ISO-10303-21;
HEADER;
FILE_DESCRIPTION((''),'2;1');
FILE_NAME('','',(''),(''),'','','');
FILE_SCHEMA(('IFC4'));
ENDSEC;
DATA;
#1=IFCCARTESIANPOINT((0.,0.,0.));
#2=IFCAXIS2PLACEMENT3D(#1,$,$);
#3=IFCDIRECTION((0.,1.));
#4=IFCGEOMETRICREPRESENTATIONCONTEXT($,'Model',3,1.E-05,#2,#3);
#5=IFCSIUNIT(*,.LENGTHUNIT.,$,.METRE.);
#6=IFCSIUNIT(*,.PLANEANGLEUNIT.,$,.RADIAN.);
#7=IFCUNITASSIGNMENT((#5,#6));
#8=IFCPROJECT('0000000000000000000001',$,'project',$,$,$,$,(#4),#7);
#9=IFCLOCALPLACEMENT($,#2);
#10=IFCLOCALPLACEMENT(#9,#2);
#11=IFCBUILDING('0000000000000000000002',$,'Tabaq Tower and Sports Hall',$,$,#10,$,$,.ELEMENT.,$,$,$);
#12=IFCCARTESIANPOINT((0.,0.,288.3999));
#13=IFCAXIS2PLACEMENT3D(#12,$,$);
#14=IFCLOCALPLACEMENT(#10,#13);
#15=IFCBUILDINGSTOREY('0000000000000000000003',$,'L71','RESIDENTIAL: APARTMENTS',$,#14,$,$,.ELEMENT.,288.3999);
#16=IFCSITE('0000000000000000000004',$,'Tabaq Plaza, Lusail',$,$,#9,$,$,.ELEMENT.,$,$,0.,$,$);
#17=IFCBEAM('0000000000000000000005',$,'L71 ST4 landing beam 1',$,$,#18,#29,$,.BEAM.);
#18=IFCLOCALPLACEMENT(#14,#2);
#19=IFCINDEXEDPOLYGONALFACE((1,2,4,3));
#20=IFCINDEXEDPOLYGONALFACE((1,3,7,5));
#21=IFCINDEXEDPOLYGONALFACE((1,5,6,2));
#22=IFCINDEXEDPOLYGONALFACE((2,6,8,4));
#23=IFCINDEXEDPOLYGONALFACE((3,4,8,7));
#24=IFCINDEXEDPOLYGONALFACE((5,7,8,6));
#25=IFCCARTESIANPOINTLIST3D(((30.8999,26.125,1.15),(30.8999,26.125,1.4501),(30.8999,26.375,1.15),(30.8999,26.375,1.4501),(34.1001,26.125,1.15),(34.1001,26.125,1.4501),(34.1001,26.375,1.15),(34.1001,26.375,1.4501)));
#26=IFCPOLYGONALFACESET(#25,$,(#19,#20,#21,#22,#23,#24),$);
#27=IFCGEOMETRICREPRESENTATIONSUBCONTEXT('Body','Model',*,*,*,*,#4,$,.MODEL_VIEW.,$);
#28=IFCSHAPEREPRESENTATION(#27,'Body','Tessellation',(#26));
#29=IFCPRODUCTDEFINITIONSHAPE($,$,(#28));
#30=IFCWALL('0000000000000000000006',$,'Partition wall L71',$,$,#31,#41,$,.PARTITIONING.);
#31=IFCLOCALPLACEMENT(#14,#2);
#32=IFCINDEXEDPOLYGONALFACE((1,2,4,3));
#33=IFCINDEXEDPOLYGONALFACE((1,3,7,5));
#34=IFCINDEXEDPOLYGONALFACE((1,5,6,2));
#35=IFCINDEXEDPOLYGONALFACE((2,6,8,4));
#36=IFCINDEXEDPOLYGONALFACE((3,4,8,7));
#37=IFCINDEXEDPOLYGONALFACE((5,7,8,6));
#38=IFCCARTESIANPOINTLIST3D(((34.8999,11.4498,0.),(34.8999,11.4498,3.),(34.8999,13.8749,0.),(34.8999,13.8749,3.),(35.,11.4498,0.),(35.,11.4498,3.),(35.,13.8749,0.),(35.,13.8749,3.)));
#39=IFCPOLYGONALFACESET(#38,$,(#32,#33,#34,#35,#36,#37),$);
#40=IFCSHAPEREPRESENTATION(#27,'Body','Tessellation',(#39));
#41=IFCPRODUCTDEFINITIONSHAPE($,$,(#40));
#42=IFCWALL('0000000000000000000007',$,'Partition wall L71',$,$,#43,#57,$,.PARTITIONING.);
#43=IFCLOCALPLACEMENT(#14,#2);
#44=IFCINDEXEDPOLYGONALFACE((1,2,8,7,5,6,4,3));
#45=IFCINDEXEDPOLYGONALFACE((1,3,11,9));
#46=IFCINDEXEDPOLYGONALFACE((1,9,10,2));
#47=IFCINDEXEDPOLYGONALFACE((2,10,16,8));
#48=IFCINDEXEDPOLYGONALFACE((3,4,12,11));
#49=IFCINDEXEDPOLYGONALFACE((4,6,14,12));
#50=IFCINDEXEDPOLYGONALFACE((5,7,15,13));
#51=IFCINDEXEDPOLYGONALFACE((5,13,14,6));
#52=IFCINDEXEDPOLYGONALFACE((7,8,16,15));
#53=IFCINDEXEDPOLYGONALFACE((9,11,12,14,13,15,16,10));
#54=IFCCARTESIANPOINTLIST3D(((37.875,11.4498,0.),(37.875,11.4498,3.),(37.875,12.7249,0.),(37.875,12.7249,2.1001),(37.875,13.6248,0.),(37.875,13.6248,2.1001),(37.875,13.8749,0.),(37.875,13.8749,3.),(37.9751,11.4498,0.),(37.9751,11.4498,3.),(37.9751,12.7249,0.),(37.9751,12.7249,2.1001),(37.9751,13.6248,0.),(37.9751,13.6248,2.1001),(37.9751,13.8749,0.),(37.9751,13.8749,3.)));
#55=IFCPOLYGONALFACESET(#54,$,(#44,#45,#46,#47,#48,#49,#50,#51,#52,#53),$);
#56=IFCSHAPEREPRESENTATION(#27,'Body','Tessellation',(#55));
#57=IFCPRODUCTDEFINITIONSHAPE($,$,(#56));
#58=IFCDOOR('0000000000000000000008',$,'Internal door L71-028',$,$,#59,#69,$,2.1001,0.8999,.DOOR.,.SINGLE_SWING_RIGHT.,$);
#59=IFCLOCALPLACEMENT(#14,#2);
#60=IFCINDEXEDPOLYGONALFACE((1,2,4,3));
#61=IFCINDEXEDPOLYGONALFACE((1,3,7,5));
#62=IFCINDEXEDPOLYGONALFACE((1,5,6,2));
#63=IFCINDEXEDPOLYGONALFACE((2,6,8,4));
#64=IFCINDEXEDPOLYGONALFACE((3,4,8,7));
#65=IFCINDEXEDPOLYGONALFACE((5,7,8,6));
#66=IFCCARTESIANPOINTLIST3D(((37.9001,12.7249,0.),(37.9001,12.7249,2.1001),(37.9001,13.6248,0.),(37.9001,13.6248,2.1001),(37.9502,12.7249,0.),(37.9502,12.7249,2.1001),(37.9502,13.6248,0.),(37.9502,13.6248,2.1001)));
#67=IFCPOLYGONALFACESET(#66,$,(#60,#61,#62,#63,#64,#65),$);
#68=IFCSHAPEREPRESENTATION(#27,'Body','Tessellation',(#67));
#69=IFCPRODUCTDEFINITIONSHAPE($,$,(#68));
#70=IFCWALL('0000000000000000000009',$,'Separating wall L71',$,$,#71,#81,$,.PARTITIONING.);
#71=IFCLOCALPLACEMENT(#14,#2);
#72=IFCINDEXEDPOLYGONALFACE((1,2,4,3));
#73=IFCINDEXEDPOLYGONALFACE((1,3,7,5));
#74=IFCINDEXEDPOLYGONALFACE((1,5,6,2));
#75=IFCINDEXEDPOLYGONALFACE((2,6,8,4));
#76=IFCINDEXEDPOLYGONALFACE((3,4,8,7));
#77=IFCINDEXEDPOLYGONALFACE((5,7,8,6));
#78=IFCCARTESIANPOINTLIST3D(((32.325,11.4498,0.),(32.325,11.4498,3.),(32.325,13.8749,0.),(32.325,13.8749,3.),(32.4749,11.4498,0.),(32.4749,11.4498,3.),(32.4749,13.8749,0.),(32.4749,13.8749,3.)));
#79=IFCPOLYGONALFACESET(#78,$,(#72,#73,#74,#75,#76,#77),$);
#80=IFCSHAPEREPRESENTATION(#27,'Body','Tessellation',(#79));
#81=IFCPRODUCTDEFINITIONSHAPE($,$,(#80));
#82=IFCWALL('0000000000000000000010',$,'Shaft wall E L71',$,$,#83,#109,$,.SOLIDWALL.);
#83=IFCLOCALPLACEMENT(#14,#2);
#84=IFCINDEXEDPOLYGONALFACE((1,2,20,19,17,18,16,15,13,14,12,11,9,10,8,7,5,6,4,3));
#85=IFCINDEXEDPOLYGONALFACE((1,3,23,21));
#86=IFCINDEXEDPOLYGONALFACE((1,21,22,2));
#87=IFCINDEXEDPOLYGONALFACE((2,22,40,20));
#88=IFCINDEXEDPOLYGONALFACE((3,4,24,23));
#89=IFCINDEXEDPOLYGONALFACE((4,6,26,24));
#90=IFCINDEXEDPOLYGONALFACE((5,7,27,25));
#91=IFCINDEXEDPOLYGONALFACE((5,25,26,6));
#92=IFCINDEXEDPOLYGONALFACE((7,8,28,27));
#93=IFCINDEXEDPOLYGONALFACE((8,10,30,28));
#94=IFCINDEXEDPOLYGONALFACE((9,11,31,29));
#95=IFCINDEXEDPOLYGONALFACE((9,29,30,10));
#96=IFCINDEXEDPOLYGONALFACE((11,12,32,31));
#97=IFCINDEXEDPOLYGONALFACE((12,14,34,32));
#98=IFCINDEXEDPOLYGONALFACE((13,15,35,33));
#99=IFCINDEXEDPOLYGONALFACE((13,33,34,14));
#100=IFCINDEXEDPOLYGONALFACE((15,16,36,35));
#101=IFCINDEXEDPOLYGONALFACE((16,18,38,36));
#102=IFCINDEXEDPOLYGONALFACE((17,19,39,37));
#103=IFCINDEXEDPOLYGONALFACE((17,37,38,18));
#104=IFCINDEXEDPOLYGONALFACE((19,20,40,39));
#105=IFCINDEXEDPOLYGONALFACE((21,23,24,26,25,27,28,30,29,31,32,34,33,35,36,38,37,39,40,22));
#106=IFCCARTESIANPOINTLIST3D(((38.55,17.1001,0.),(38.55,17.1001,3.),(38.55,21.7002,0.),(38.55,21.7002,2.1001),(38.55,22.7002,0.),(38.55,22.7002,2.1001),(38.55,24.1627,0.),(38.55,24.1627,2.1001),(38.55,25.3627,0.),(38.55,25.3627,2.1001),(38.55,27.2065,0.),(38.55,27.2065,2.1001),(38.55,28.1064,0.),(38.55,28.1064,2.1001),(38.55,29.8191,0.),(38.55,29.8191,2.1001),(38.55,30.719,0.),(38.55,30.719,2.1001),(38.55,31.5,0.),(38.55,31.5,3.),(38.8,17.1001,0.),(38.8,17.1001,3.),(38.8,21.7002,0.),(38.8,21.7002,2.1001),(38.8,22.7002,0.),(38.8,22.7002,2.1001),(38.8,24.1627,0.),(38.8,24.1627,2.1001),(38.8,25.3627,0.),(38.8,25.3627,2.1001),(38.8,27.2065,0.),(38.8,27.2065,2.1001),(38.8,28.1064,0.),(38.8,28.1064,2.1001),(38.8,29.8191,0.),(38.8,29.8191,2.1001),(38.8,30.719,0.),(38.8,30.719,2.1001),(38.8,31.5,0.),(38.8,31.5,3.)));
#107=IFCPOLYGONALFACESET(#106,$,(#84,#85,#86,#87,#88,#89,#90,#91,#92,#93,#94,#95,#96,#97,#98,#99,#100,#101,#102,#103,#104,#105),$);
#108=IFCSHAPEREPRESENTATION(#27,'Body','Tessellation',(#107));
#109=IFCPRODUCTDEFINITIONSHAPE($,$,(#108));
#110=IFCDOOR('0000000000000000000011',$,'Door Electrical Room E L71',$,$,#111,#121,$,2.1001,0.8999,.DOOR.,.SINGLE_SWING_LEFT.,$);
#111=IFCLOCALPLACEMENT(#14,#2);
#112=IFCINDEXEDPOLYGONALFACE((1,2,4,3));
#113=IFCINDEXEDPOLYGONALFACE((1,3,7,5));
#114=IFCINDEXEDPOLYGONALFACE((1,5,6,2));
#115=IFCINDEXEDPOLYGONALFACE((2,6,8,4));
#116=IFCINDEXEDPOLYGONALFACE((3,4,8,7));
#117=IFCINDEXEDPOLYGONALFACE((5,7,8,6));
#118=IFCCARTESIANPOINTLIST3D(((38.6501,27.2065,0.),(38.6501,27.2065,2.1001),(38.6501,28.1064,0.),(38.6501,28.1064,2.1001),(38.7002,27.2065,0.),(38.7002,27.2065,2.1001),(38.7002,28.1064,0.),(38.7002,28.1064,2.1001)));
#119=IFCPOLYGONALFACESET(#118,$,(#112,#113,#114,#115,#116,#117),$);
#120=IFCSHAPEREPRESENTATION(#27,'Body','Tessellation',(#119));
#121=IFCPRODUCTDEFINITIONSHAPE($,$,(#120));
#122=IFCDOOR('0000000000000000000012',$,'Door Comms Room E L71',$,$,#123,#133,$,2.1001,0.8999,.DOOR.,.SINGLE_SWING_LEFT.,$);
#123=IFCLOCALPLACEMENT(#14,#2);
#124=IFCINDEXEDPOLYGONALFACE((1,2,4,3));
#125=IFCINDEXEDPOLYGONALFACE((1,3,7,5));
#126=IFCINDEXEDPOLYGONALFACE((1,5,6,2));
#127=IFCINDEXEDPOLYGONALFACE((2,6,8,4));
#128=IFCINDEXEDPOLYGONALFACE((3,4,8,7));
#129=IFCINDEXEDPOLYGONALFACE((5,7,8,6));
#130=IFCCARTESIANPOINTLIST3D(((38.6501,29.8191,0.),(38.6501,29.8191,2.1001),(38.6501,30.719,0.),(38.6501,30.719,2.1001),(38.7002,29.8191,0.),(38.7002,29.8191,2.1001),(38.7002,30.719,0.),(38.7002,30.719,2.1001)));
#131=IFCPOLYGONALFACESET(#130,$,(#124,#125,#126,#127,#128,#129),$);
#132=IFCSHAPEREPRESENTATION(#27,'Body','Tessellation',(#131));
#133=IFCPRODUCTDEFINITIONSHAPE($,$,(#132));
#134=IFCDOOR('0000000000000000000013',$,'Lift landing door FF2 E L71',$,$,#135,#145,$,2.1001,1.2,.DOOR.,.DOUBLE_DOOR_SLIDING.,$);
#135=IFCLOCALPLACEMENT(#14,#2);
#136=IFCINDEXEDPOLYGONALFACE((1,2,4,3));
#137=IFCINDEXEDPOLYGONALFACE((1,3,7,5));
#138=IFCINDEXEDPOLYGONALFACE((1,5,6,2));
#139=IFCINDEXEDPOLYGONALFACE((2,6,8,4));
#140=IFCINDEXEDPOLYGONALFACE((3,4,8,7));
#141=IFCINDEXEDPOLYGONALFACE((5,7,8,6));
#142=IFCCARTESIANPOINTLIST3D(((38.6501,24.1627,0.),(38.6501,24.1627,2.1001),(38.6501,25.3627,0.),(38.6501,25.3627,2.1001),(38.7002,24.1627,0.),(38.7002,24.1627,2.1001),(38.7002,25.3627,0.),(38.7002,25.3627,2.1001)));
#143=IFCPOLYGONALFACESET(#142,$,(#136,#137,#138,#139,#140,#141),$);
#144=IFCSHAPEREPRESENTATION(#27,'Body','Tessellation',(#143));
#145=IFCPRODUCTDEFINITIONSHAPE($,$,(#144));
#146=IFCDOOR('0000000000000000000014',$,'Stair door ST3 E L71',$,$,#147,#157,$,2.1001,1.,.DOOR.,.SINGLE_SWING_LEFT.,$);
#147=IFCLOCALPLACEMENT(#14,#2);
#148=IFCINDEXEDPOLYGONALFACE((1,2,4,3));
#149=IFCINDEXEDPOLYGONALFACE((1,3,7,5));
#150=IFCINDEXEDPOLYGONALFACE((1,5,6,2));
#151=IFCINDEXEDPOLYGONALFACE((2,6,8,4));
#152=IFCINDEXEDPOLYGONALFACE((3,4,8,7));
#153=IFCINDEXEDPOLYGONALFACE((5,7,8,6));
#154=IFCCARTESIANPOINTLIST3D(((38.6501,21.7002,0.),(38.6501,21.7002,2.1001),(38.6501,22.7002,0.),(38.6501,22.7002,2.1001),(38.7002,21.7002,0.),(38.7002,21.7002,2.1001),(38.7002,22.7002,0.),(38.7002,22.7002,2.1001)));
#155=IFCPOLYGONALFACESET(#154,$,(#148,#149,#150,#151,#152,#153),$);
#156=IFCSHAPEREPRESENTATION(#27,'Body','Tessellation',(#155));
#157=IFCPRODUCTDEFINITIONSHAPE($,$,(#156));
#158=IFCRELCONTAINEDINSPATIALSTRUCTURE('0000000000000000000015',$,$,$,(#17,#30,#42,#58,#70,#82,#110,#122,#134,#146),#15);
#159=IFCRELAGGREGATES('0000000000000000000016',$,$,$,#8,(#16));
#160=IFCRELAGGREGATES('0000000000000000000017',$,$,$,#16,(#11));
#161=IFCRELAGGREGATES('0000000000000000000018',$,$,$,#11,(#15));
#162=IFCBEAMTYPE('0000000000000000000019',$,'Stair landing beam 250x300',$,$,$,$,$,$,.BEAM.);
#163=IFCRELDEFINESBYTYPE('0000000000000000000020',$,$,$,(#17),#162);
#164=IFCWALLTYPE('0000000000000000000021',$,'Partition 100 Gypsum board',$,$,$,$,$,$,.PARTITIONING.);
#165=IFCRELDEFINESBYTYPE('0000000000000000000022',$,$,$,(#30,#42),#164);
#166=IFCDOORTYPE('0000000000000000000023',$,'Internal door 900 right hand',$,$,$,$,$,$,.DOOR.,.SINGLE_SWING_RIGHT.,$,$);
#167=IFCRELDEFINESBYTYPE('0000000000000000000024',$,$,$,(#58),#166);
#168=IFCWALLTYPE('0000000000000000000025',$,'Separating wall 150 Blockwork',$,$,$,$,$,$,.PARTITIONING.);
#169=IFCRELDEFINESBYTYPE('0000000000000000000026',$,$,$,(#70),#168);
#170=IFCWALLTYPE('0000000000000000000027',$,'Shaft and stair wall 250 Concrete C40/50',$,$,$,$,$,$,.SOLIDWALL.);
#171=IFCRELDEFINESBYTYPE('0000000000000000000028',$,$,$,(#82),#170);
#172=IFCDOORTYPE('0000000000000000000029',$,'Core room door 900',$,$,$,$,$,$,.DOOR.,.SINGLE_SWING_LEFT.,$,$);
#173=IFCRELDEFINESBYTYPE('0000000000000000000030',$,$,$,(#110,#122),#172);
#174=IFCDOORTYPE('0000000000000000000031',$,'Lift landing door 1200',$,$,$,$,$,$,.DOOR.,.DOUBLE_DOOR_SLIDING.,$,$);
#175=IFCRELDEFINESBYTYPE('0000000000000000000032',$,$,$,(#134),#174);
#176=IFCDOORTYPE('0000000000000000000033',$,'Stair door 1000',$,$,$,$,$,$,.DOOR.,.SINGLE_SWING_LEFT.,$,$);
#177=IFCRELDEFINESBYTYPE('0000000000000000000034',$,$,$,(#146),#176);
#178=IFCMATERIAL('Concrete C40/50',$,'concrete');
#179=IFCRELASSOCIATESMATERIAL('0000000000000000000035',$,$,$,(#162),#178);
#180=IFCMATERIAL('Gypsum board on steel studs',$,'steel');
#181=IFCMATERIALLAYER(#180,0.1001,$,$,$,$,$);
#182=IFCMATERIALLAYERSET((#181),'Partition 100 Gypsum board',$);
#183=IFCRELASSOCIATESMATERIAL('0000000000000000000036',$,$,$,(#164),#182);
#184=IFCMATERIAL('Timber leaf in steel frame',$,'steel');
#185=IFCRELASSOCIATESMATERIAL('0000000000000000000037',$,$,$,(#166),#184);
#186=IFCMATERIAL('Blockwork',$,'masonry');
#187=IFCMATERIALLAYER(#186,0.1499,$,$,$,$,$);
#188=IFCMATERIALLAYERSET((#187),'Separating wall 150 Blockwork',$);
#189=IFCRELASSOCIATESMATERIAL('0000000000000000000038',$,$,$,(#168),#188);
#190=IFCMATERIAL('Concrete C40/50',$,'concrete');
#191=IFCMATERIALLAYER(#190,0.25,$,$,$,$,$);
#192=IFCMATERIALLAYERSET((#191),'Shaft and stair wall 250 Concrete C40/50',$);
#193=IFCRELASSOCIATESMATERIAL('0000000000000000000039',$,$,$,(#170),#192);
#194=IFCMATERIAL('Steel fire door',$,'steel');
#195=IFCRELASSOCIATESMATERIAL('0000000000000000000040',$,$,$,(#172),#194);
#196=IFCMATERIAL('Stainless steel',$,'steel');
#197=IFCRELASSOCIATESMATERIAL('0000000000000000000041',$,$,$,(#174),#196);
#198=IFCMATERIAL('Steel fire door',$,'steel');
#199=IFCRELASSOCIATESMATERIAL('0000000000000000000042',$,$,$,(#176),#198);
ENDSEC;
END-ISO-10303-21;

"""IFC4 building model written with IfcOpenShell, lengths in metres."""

from ifc_helpers import new_model, si_unit, direction, frame, frame_2d, origin, origin_2d, place, context, subcontext, project, spatial, rectangle, extrude, material, layer, layer_set, material_profile, profile_set, type_object, element, fill, save


model = new_model("IFC4")

# Units and contexts
model_context = context("Model", 3, precision=1e-05, world=origin(), true_north=direction((0.0, 1.0)))
body_context = subcontext(model_context, "Body", "Model", "MODEL_VIEW")
ifc_project = project(units=[si_unit("LENGTHUNIT", "METRE"), si_unit("PLANEANGLEUNIT", "RADIAN")], contexts=[model_context])

# Site, building, storey
site_placement = place(None, origin())
site = spatial("IfcSite", under=ifc_project, at=site_placement, Name="Tabaq Plaza, Lusail", CompositionType="ELEMENT", RefElevation=0.0)
building_placement = place(site_placement, origin())
building = spatial("IfcBuilding", under=site, at=building_placement, Name="Tabaq Tower and Sports Hall", CompositionType="ELEMENT")
storey_placement = place(building_placement, frame((0.0, 0.0, 288.3999)))
storey = spatial("IfcBuildingStorey", under=building, at=storey_placement, Name="L71", Description="RESIDENTIAL: APARTMENTS", CompositionType="ELEMENT", Elevation=288.3999)

# Beam
ifc_material_1 = material(Name="Concrete C40/50", Category="concrete")
ifc_material_profile = material_profile(ifc_material_1, rectangle(XDim=0.25, YDim=0.3, at=origin_2d()), Name="RC 250x300")
ifc_profile_set = profile_set([ifc_material_profile], Name="Concrete C40/50")
beam_type = type_object("IfcBeamType", Name="Stair landing beam 250x300", PredefinedType="BEAM", material=ifc_profile_set)
beam_placement = place(storey_placement, frame((30.8999, 26.25, 1.3), z_axis=(1.0, 0.0, 0.0), x_axis=(0.0, 1.0, 0.0)))
element("IfcBeam", 1, at=beam_placement, inside=storey, type_object=beam_type, Name="L71 ST4 landing beam 1", PredefinedType="BEAM", context=body_context, shape_type="SweptSolid", body=[
    extrude(rectangle(XDim=0.25, YDim=0.3, at=origin_2d()), origin(), (0.0, 0.0, 1.0), 3.2002),
])

# Wall
ifc_material_2 = material(Name="Gypsum board on steel studs", Category="steel")
ifc_layer_1 = layer(ifc_material_2, 0.1001)
ifc_layer_set_1 = layer_set([ifc_layer_1], Name="Partition 100 Gypsum board")
wall_type_1 = type_object("IfcWallType", Name="Partition 100 Gypsum board", PredefinedType="PARTITIONING", material=ifc_layer_set_1)
wall_1_placement = place(storey_placement, frame((34.95, 11.45, 0.0), z_axis=(0.0, 0.0, 1.0), x_axis=(0.0, 1.0, 0.0)))
element("IfcWall", 2, at=wall_1_placement, inside=storey, type_object=wall_type_1, Name="Partition wall L71", PredefinedType="PARTITIONING", context=body_context, shape_type="SweptSolid", body=[
    extrude(rectangle(XDim=2.425, YDim=0.1001, at=frame_2d((1.2124, 0.0))), origin(), (0.0, 0.0, 1.0), 3.0),
])

# Wall, opening, door
wall_2_placement = place(storey_placement, frame((37.925, 11.45, 0.0), z_axis=(0.0, 0.0, 1.0), x_axis=(0.0, 1.0, 0.0)))
wall_2 = element("IfcWall", 3, at=wall_2_placement, inside=storey, type_object=wall_type_1, Name="Partition wall L71", PredefinedType="PARTITIONING", context=body_context, shape_type="SweptSolid", body=[
    extrude(rectangle(XDim=2.425, YDim=0.1001, at=frame_2d((1.2124, 0.0))), origin(), (0.0, 0.0, 1.0), 3.0),
])
opening_1_placement = place(wall_2_placement, frame((1.2749, 0.0, 0.0)))
opening_1 = element("IfcOpeningElement", 4, at=opening_1_placement, cuts=wall_2, PredefinedType="OPENING", context=body_context, shape_type="SweptSolid", body=[
    extrude(rectangle(XDim=0.8999, YDim=2.1001, at=frame_2d((0.45, 1.05))), frame((0.0, 0.05, 0.0), z_axis=(0.0, -1.0, 0.0), x_axis=(1.0, 0.0, 0.0)), (0.0, 0.0, 1.0), 0.1001),
])
ifc_material_3 = material(Name="Timber leaf in steel frame", Category="steel")
door_type_1 = type_object("IfcDoorType", Name="Internal door 900 right hand", OperationType="SINGLE_SWING_RIGHT", PredefinedType="DOOR", material=ifc_material_3)
door_1_placement = place(opening_1_placement, origin())
door_1 = element("IfcDoor", 5, at=door_1_placement, inside=storey, type_object=door_type_1, Name="Internal door L71-028", OperationType="SINGLE_SWING_RIGHT", OverallHeight=2.1001, OverallWidth=0.8999, PredefinedType="DOOR", context=body_context, shape_type="SweptSolid", body=[
    extrude(rectangle(XDim=0.8999, YDim=2.1001, at=frame_2d((0.45, 1.05))), frame((0.0, 0.0249, 0.0), z_axis=(0.0, -1.0, 0.0), x_axis=(1.0, 0.0, 0.0)), (0.0, 0.0, 1.0), 0.05),
])
fill(opening_1, door_1)

# Wall
ifc_material_4 = material(Name="Blockwork", Category="masonry")
ifc_layer_2 = layer(ifc_material_4, 0.1499)
ifc_layer_set_2 = layer_set([ifc_layer_2], Name="Separating wall 150 Blockwork")
wall_type_2 = type_object("IfcWallType", Name="Separating wall 150 Blockwork", PredefinedType="PARTITIONING", material=ifc_layer_set_2)
wall_3_placement = place(storey_placement, frame((32.3999, 11.45, 0.0), z_axis=(0.0, 0.0, 1.0), x_axis=(0.0, 1.0, 0.0)))
element("IfcWall", 6, at=wall_3_placement, inside=storey, type_object=wall_type_2, Name="Separating wall L71", PredefinedType="PARTITIONING", context=body_context, shape_type="SweptSolid", body=[
    extrude(rectangle(XDim=2.425, YDim=0.1499, at=frame_2d((1.2124, 0.0))), origin(), (0.0, 0.0, 1.0), 3.0),
])

# Wall, openings, doors
ifc_material_5 = material(Name="Concrete C40/50", Category="concrete")
ifc_layer_3 = layer(ifc_material_5, 0.25)
ifc_layer_set_3 = layer_set([ifc_layer_3], Name="Shaft and stair wall 250 Concrete C40/50")
wall_type_3 = type_object("IfcWallType", Name="Shaft and stair wall 250 Concrete C40/50", PredefinedType="SOLIDWALL", material=ifc_layer_set_3)
wall_4_placement = place(storey_placement, frame((38.675, 17.1001, 0.0), z_axis=(0.0, 0.0, 1.0), x_axis=(0.0, 1.0, 0.0)))
wall_4 = element("IfcWall", 7, at=wall_4_placement, inside=storey, type_object=wall_type_3, Name="Shaft wall E L71", PredefinedType="SOLIDWALL", context=body_context, shape_type="SweptSolid", body=[
    extrude(rectangle(XDim=14.3999, YDim=0.25, at=frame_2d((7.2, 0.0))), origin(), (0.0, 0.0, 1.0), 3.0),
])
opening_2_placement = place(wall_4_placement, frame((4.6001, 0.0, 0.0)))
opening_2 = element("IfcOpeningElement", 8, at=opening_2_placement, cuts=wall_4, PredefinedType="OPENING", context=body_context, shape_type="SweptSolid", body=[
    extrude(rectangle(XDim=1.0, YDim=2.1001, at=frame_2d((0.5, 1.05))), frame((0.0, 0.125, 0.0), z_axis=(0.0, -1.0, 0.0), x_axis=(1.0, 0.0, 0.0)), (0.0, 0.0, 1.0), 0.25),
])
opening_3_placement = place(wall_4_placement, frame((7.0625, 0.0, 0.0)))
opening_3 = element("IfcOpeningElement", 9, at=opening_3_placement, cuts=wall_4, PredefinedType="OPENING", context=body_context, shape_type="SweptSolid", body=[
    extrude(rectangle(XDim=1.2, YDim=2.1001, at=frame_2d((0.6001, 1.05))), frame((0.0, 0.125, 0.0), z_axis=(0.0, -1.0, 0.0), x_axis=(1.0, 0.0, 0.0)), (0.0, 0.0, 1.0), 0.25),
])
opening_4_placement = place(wall_4_placement, frame((10.1064, 0.0, 0.0)))
opening_4 = element("IfcOpeningElement", 10, at=opening_4_placement, cuts=wall_4, PredefinedType="OPENING", context=body_context, shape_type="SweptSolid", body=[
    extrude(rectangle(XDim=0.8999, YDim=2.1001, at=frame_2d((0.45, 1.05))), frame((0.0, 0.125, 0.0), z_axis=(0.0, -1.0, 0.0), x_axis=(1.0, 0.0, 0.0)), (0.0, 0.0, 1.0), 0.25),
])
opening_5_placement = place(wall_4_placement, frame((12.719, 0.0, 0.0)))
opening_5 = element("IfcOpeningElement", 11, at=opening_5_placement, cuts=wall_4, PredefinedType="OPENING", context=body_context, shape_type="SweptSolid", body=[
    extrude(rectangle(XDim=0.8999, YDim=2.1001, at=frame_2d((0.45, 1.05))), frame((0.0, 0.125, 0.0), z_axis=(0.0, -1.0, 0.0), x_axis=(1.0, 0.0, 0.0)), (0.0, 0.0, 1.0), 0.25),
])
ifc_material_6 = material(Name="Steel fire door", Category="steel")
door_type_2 = type_object("IfcDoorType", Name="Core room door 900", OperationType="SINGLE_SWING_LEFT", PredefinedType="DOOR", material=ifc_material_6)
door_2_placement = place(opening_4_placement, origin())
door_2 = element("IfcDoor", 12, at=door_2_placement, inside=storey, type_object=door_type_2, Name="Door Electrical Room E L71", OperationType="SINGLE_SWING_LEFT", OverallHeight=2.1001, OverallWidth=0.8999, PredefinedType="DOOR", context=body_context, shape_type="SweptSolid", body=[
    extrude(rectangle(XDim=0.8999, YDim=2.1001, at=frame_2d((0.45, 1.05))), frame((0.0, 0.0249, 0.0), z_axis=(0.0, -1.0, 0.0), x_axis=(1.0, 0.0, 0.0)), (0.0, 0.0, 1.0), 0.05),
])
fill(opening_4, door_2)
door_3_placement = place(opening_5_placement, origin())
door_3 = element("IfcDoor", 13, at=door_3_placement, inside=storey, type_object=door_type_2, Name="Door Comms Room E L71", OperationType="SINGLE_SWING_LEFT", OverallHeight=2.1001, OverallWidth=0.8999, PredefinedType="DOOR", context=body_context, shape_type="SweptSolid", body=[
    extrude(rectangle(XDim=0.8999, YDim=2.1001, at=frame_2d((0.45, 1.05))), frame((0.0, 0.0249, 0.0), z_axis=(0.0, -1.0, 0.0), x_axis=(1.0, 0.0, 0.0)), (0.0, 0.0, 1.0), 0.05),
])
fill(opening_5, door_3)
ifc_material_7 = material(Name="Stainless steel", Category="steel")
door_type_3 = type_object("IfcDoorType", Name="Lift landing door 1200", OperationType="DOUBLE_DOOR_SLIDING", PredefinedType="DOOR", material=ifc_material_7)
door_4_placement = place(opening_3_placement, origin())
door_4 = element("IfcDoor", 14, at=door_4_placement, inside=storey, type_object=door_type_3, Name="Lift landing door FF2 E L71", OperationType="DOUBLE_DOOR_SLIDING", OverallHeight=2.1001, OverallWidth=1.2, PredefinedType="DOOR", context=body_context, shape_type="SweptSolid", body=[
    extrude(rectangle(XDim=1.2, YDim=2.1001, at=frame_2d((0.6001, 1.05))), frame((0.0, 0.0249, 0.0), z_axis=(0.0, -1.0, 0.0), x_axis=(1.0, 0.0, 0.0)), (0.0, 0.0, 1.0), 0.05),
])
fill(opening_3, door_4)
ifc_material_8 = material(Name="Steel fire door", Category="steel")
door_type_4 = type_object("IfcDoorType", Name="Stair door 1000", OperationType="SINGLE_SWING_LEFT", PredefinedType="DOOR", material=ifc_material_8)
door_5_placement = place(opening_2_placement, origin())
door_5 = element("IfcDoor", 15, at=door_5_placement, inside=storey, type_object=door_type_4, Name="Stair door ST3 E L71", OperationType="SINGLE_SWING_LEFT", OverallHeight=2.1001, OverallWidth=1.0, PredefinedType="DOOR", context=body_context, shape_type="SweptSolid", body=[
    extrude(rectangle(XDim=1.0, YDim=2.1001, at=frame_2d((0.5, 1.05))), frame((0.0, 0.0249, 0.0), z_axis=(0.0, -1.0, 0.0), x_axis=(1.0, 0.0, 0.0)), (0.0, 0.0, 1.0), 0.05),
])
fill(opening_2, door_5)

save(model, "model.ifc")
